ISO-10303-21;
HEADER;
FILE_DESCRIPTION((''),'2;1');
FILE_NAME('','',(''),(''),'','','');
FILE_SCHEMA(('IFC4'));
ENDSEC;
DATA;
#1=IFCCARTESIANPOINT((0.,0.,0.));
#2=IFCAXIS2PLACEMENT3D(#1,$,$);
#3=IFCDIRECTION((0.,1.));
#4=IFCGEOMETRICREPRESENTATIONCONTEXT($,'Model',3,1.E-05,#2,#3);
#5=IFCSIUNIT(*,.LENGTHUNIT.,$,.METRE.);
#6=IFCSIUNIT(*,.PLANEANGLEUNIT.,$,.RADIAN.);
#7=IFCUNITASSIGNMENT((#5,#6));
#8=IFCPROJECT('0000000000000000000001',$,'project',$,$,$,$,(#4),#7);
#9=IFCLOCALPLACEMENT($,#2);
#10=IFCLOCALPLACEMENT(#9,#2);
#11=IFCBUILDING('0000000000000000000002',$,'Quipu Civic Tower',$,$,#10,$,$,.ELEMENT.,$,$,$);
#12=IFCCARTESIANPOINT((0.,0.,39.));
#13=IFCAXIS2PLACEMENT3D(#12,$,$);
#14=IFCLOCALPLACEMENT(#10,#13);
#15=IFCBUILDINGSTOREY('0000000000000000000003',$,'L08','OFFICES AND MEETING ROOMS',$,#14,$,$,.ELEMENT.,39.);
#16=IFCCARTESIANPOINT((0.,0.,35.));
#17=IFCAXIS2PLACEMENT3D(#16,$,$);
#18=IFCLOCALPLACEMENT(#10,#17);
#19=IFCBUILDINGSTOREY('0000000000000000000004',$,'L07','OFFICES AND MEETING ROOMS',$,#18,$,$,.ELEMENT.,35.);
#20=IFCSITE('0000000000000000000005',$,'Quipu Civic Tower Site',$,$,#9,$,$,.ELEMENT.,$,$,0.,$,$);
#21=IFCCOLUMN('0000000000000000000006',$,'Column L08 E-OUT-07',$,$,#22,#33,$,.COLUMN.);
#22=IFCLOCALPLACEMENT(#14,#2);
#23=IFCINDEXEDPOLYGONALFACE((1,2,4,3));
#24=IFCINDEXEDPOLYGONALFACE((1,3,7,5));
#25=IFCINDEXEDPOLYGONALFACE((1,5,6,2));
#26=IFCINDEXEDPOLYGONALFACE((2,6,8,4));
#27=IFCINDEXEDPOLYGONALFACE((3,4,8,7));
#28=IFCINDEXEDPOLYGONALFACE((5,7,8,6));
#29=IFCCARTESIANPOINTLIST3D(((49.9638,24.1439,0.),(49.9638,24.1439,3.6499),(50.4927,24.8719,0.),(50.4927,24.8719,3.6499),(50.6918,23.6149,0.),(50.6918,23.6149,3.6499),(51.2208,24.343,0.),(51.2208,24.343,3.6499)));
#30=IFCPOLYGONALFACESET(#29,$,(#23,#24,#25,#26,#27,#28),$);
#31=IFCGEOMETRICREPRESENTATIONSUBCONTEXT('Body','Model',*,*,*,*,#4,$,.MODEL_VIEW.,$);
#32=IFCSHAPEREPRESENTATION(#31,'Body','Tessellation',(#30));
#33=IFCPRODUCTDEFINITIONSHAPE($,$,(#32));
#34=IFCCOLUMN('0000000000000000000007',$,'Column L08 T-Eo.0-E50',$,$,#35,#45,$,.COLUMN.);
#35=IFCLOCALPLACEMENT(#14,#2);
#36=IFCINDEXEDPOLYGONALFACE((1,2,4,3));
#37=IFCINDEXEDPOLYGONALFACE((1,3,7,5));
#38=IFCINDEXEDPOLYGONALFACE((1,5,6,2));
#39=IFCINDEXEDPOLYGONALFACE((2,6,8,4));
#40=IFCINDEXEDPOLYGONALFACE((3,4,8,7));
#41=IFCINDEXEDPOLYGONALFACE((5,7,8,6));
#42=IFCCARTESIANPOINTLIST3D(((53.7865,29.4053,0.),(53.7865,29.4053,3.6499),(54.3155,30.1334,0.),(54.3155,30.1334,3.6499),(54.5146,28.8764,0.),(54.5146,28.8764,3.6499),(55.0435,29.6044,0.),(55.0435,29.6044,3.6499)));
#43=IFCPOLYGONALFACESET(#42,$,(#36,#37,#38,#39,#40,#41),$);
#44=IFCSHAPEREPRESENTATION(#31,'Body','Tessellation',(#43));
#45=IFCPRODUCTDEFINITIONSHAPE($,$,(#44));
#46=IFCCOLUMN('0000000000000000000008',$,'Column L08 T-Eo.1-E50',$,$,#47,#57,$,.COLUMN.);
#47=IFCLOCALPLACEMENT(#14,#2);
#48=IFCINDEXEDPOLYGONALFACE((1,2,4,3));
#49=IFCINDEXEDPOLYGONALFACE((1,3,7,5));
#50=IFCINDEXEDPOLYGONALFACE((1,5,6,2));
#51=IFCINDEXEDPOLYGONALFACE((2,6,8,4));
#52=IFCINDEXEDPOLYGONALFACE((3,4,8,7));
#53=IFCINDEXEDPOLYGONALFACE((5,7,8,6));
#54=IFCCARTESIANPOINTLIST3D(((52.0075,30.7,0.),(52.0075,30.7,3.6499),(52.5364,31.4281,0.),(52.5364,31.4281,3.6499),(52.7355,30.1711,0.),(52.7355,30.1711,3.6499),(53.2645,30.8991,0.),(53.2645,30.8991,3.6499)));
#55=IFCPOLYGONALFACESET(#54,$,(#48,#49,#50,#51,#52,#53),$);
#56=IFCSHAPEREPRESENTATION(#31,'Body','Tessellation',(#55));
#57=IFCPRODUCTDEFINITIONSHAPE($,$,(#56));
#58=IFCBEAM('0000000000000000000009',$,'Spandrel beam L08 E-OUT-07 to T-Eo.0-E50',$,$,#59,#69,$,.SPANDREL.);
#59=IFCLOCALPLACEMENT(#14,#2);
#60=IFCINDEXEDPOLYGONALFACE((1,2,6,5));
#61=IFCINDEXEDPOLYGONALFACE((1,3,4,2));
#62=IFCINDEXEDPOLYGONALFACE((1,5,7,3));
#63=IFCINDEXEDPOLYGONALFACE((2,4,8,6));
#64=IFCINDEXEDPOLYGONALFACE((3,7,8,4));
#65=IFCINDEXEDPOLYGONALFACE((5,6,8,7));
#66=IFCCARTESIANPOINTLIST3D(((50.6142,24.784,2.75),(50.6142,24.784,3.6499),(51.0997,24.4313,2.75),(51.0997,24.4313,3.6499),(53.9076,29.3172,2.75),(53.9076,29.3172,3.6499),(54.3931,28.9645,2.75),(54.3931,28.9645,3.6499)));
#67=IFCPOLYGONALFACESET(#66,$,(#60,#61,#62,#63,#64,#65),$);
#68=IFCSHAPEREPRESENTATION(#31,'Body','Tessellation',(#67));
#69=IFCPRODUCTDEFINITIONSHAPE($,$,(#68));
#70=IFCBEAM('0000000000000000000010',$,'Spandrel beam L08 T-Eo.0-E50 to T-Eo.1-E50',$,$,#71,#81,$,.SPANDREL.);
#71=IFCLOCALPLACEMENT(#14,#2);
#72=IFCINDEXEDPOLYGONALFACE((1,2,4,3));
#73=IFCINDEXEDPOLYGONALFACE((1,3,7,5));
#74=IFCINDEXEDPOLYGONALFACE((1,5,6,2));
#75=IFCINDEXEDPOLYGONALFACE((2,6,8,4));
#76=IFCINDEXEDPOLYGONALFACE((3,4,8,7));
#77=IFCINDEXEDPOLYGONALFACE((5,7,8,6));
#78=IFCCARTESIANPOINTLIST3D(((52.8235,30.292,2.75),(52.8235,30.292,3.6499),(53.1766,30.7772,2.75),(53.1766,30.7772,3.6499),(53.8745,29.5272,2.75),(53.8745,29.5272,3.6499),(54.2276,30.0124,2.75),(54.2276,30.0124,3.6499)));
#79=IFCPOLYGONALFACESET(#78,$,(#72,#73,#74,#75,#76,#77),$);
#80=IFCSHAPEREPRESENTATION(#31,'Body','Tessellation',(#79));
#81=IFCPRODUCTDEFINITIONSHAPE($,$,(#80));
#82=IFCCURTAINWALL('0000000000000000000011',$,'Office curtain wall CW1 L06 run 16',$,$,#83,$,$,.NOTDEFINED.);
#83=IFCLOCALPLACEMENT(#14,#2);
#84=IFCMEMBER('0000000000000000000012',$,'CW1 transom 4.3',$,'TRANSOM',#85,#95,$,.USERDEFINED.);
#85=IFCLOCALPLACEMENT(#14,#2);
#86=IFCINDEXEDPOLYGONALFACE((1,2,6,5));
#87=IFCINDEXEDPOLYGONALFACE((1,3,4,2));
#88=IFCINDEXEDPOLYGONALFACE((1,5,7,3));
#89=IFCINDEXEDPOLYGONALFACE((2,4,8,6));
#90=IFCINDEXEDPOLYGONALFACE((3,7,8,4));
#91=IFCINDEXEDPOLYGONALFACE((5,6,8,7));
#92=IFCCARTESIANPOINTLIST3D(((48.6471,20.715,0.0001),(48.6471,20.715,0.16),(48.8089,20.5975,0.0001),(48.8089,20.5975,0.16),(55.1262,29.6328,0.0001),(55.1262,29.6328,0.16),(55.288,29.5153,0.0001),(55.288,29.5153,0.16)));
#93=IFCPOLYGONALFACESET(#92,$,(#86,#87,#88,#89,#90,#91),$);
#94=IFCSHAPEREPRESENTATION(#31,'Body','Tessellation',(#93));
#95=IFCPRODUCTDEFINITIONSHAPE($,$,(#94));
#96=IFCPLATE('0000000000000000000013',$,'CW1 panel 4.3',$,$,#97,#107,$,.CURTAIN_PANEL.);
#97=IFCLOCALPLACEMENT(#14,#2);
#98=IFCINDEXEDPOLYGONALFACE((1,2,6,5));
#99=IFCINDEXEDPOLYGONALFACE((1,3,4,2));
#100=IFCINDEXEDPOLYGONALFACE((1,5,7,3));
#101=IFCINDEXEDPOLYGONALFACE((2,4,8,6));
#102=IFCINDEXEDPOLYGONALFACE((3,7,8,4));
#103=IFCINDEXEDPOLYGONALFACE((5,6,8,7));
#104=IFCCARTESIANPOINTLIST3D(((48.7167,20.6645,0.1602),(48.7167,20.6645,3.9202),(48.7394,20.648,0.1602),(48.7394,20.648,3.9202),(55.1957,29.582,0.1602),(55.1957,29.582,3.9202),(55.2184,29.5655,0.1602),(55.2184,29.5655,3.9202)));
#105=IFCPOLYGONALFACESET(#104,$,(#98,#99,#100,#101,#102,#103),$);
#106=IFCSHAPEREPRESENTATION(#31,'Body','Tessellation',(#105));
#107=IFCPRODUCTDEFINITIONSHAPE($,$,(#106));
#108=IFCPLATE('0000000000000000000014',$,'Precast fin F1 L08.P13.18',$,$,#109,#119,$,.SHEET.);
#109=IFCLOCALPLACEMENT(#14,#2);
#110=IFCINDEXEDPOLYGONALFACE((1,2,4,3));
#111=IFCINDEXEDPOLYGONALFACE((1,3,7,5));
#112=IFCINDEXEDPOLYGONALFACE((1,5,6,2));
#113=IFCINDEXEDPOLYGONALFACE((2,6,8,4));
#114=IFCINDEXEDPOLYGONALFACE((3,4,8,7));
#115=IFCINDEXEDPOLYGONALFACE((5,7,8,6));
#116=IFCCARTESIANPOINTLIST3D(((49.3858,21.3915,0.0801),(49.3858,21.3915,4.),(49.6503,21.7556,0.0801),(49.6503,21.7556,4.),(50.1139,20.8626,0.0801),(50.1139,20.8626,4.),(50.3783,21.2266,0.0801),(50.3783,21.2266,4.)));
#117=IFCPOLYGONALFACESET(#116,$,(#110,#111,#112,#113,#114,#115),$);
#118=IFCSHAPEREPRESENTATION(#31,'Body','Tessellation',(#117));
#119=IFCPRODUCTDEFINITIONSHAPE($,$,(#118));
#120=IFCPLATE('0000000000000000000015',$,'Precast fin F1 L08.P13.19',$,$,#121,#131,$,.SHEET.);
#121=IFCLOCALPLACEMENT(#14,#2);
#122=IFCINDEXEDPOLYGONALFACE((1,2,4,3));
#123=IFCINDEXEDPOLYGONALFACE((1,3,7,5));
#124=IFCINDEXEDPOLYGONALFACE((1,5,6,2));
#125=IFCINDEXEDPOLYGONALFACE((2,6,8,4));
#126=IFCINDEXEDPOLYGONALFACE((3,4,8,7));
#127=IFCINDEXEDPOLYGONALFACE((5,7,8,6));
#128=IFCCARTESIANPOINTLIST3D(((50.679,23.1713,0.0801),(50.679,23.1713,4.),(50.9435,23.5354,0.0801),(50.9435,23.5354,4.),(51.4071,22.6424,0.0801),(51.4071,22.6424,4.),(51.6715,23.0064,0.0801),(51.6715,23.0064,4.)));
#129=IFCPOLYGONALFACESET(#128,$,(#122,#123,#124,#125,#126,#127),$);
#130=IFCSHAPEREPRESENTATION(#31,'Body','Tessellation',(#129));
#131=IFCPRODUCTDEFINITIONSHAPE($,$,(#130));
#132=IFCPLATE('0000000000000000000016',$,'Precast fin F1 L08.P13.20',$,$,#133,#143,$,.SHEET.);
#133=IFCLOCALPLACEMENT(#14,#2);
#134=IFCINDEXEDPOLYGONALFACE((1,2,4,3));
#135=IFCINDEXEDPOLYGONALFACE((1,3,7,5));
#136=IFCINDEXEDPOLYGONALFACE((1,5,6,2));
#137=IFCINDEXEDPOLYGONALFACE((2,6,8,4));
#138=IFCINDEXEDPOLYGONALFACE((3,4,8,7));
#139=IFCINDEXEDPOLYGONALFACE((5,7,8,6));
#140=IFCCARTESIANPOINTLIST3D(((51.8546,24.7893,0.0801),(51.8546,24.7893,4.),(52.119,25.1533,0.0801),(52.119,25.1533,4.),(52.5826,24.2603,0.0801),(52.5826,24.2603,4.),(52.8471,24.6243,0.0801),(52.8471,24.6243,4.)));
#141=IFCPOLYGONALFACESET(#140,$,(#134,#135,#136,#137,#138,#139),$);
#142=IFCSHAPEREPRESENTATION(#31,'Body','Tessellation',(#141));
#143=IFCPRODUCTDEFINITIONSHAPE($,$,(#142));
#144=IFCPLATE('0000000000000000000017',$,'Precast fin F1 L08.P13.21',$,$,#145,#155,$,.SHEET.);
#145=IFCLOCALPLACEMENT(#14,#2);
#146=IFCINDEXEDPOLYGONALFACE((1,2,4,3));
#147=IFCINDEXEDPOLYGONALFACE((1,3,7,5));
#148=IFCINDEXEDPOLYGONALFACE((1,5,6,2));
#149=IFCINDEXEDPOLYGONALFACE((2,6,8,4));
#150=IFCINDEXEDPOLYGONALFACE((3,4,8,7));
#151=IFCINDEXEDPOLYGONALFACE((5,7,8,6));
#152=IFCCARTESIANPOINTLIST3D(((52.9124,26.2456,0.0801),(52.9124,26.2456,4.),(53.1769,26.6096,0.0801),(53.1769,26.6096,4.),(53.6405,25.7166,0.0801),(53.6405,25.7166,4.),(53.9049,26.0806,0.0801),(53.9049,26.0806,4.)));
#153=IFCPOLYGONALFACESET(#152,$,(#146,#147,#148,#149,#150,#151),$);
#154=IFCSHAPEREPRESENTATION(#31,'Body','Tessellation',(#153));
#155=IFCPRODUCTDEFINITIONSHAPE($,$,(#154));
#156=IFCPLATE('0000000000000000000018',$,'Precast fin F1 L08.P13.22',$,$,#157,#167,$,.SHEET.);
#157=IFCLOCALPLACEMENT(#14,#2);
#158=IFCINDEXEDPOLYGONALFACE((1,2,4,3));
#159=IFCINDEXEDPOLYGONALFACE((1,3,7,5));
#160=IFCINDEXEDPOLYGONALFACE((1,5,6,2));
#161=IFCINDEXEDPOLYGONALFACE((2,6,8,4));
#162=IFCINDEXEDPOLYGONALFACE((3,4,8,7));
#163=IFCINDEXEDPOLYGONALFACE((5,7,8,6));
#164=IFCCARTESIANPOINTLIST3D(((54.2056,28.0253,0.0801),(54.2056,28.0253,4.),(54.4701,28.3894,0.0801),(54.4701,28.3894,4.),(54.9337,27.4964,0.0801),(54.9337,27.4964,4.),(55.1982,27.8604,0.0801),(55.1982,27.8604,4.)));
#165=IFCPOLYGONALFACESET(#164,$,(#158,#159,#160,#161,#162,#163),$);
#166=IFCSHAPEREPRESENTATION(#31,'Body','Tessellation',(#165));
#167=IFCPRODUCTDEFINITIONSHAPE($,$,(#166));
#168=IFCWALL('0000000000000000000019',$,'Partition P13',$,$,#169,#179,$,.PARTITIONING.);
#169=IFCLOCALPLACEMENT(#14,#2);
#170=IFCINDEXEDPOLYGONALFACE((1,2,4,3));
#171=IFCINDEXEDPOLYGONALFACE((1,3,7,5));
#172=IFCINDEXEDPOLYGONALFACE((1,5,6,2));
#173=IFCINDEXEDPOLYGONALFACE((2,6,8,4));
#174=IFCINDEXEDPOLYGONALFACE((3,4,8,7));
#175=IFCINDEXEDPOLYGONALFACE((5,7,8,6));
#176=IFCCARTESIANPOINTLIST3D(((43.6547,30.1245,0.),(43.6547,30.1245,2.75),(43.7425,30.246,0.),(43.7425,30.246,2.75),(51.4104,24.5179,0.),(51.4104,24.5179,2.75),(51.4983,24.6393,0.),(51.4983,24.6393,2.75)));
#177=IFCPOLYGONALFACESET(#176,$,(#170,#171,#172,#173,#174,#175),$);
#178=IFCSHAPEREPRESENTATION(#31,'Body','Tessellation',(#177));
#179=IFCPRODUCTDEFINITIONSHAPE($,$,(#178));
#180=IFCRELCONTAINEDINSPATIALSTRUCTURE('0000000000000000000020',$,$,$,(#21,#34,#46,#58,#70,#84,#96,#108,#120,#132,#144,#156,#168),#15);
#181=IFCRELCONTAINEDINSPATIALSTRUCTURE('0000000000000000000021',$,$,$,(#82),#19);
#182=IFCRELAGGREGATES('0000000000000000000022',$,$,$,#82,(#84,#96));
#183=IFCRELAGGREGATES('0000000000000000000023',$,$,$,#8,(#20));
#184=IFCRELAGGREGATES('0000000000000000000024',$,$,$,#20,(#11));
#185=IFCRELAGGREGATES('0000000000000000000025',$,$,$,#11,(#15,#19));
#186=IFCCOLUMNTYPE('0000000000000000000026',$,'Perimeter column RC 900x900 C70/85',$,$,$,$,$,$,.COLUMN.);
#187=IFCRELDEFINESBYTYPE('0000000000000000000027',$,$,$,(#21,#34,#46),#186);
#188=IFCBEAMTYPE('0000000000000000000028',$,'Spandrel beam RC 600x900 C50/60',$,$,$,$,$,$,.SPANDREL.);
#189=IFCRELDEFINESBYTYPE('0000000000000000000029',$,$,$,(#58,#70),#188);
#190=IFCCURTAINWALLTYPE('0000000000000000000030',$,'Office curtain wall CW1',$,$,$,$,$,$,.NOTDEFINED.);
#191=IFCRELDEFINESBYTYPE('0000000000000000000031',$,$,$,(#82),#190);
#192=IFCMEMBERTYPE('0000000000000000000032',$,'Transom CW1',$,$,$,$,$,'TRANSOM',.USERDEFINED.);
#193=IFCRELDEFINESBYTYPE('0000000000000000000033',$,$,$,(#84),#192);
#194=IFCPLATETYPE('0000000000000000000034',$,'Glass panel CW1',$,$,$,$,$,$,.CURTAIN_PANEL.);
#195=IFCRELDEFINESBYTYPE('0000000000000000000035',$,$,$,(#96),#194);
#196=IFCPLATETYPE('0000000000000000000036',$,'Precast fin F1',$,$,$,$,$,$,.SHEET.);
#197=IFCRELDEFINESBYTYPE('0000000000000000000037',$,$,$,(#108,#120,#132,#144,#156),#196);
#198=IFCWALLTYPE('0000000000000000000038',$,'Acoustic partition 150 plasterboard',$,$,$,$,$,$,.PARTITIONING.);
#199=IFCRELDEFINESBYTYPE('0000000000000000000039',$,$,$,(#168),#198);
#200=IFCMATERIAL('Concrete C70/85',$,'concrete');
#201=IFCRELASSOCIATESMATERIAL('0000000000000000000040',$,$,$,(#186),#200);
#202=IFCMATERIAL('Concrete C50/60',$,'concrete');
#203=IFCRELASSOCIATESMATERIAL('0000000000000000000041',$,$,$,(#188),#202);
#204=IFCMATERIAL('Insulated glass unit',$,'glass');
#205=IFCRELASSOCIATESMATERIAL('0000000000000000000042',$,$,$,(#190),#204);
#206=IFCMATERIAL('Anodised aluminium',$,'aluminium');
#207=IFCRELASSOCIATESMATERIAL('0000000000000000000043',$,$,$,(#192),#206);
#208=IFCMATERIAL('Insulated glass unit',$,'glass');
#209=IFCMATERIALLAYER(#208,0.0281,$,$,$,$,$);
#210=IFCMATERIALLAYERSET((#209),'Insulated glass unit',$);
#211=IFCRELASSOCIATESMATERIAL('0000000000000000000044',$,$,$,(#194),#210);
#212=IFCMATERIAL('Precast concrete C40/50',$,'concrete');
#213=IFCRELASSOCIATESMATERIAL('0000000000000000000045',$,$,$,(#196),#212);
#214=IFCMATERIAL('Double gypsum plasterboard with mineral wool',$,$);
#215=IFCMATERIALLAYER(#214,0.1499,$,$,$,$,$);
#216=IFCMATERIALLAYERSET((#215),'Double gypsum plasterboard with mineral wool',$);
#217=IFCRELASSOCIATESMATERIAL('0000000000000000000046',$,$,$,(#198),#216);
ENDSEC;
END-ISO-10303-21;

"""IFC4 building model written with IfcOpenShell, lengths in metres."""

from ifc_helpers import new_model, si_unit, direction, frame, frame_2d, origin, origin_2d, place, context, subcontext, project, spatial, rectangle, extrude, material, layer, layer_set, material_profile, profile_set, type_object, element, aggregate, save


model = new_model("IFC4")

# Units and contexts
model_context = context("Model", 3, precision=1e-05, world=origin(), true_north=direction((0.0, 1.0)))
body_context = subcontext(model_context, "Body", "Model", "MODEL_VIEW")
ifc_project = project(units=[si_unit("LENGTHUNIT", "METRE"), si_unit("PLANEANGLEUNIT", "RADIAN")], contexts=[model_context])

# Site, building, storey
site_placement = place(None, origin())
site = spatial("IfcSite", under=ifc_project, at=site_placement, Name="Quipu Civic Tower Site", CompositionType="ELEMENT", RefElevation=0.0)
building_placement = place(site_placement, origin())
building = spatial("IfcBuilding", under=site, at=building_placement, Name="Quipu Civic Tower", CompositionType="ELEMENT")
storey_1_placement = place(building_placement, frame((0.0, 0.0, 39.0)))
storey_1 = spatial("IfcBuildingStorey", under=building, at=storey_1_placement, Name="L08", Description="OFFICES AND MEETING ROOMS", CompositionType="ELEMENT", Elevation=39.0)

# Columns
ifc_material_1 = material(Name="Concrete C70/85", Category="concrete")
ifc_material_profile_1 = material_profile(ifc_material_1, rectangle(XDim=0.8999, YDim=0.8999, at=origin_2d()), Name="RC900x900")
ifc_profile_set_1 = profile_set([ifc_material_profile_1], Name="Concrete C70/85")
column_type = type_object("IfcColumnType", Name="Perimeter column RC 900x900 C70/85", PredefinedType="COLUMN", material=ifc_profile_set_1)
for number, where, z_axis, x_axis, name in (
    (1, (50.5923, 24.2434, 0.0), (0.0, 0.0, 1.0), (0.587785, 0.809017, 0.0), "Column L08 E-OUT-07"),
    (2, (54.415, 29.5049, 0.0), (0.0, 0.0, 1.0), (0.587785, 0.809017, 0.0), "Column L08 T-Eo.0-E50"),
    (3, (52.636, 30.7996, 0.0), (0.0, 0.0, 1.0), (-0.809017, 0.587785, 0.0), "Column L08 T-Eo.1-E50"),
):
    element("IfcColumn", number, at=place(storey_1_placement, frame(where, z_axis=z_axis, x_axis=x_axis)), inside=storey_1, type_object=column_type, Name=name, PredefinedType="COLUMN", context=body_context, shape_type="SweptSolid", body=[
        extrude(rectangle(XDim=0.8999, YDim=0.8999, at=origin_2d()), origin(), (0.0, 0.0, 1.0), 3.6499),
    ])

# Beams
ifc_material_2 = material(Name="Concrete C50/60", Category="concrete")
ifc_material_profile_2 = material_profile(ifc_material_2, rectangle(XDim=0.6001, YDim=0.8999, at=origin_2d()), Name="RC600x900")
ifc_profile_set_2 = profile_set([ifc_material_profile_2], Name="Concrete C50/60")
beam_type = type_object("IfcBeamType", Name="Spandrel beam RC 600x900 C50/60", PredefinedType="SPANDREL", material=ifc_profile_set_2)
beam_1_placement = place(storey_1_placement, frame((50.8569, 24.6077, 3.2), z_axis=(0.587773, 0.809026, 0.0), x_axis=(-0.809026, 0.587773, 0.0)))
element("IfcBeam", 4, at=beam_1_placement, inside=storey_1, type_object=beam_type, Name="Spandrel beam L08 E-OUT-07 to T-Eo.0-E50", PredefinedType="SPANDREL", context=body_context, shape_type="SweptSolid", body=[
    extrude(rectangle(XDim=0.6001, YDim=0.8999, at=origin_2d()), origin(), (0.0, 0.0, 1.0), 5.6033),
])
beam_2_placement = place(storey_1_placement, frame((54.051, 29.7698, 3.2), z_axis=(-0.808549, 0.588429, 0.0), x_axis=(-0.588429, -0.808549, 0.0)))
element("IfcBeam", 5, at=beam_2_placement, inside=storey_1, type_object=beam_type, Name="Spandrel beam L08 T-Eo.0-E50 to T-Eo.1-E50", PredefinedType="SPANDREL", context=body_context, shape_type="SweptSolid", body=[
    extrude(rectangle(XDim=0.6001, YDim=0.8999, at=origin_2d()), origin(), (0.0, 0.0, 1.0), 1.2998),
])

# Shared definitions
storey_2_placement = place(building_placement, frame((0.0, 0.0, 35.0)))
storey_2 = spatial("IfcBuildingStorey", under=building, at=storey_2_placement, Name="L07", Description="OFFICES AND MEETING ROOMS", CompositionType="ELEMENT", Elevation=35.0)

# Curtain wall, member, plate
ifc_material_3 = material(Name="Insulated glass unit", Category="glass")
curtain_wall_type = type_object("IfcCurtainWallType", Name="Office curtain wall CW1", PredefinedType="NOTDEFINED", material=ifc_material_3)
curtain_wall_placement = place(storey_2_placement, origin())
curtain_wall = element("IfcCurtainWall", 6, at=curtain_wall_placement, inside=storey_2, type_object=curtain_wall_type, Name="Office curtain wall CW1 L06 run 16", PredefinedType="NOTDEFINED")
ifc_material_4 = material(Name="Anodised aluminium", Category="aluminium")
ifc_material_profile_3 = material_profile(ifc_material_4, rectangle(XDim=0.2, YDim=0.1599, at=origin_2d()), Name="RECT 200x160")
ifc_profile_set_3 = profile_set([ifc_material_profile_3], Name="Anodised aluminium")
member_type = type_object("IfcMemberType", Name="Transom CW1", ElementType="TRANSOM", PredefinedType="USERDEFINED", material=ifc_profile_set_3)
member_placement = place(storey_1_placement, frame((48.728, 20.6562, 0.0801), z_axis=(0.587779, 0.809021, 0.0), x_axis=(-0.809021, 0.587779, 0.0)))
member = element("IfcMember", 7, at=member_placement, inside=storey_1, type_object=member_type, Name="CW1 transom 4.3", ObjectType="TRANSOM", PredefinedType="USERDEFINED", context=body_context, shape_type="SweptSolid", body=[
    extrude(rectangle(XDim=0.2, YDim=0.1599, at=origin_2d()), origin(), (0.0, 0.0, 1.0), 11.0229),
])
ifc_material_5 = material(Name="Insulated glass unit", Category="glass")
ifc_layer_1 = layer(ifc_material_5, 0.0281)
ifc_layer_set_1 = layer_set([ifc_layer_1], Name="Insulated glass unit")
plate_type_1 = type_object("IfcPlateType", Name="Glass panel CW1", PredefinedType="CURTAIN_PANEL", material=ifc_layer_set_1)
plate_placement = place(storey_1_placement, frame((51.9675, 25.115, 0.1602), z_axis=(0.0, 0.0, 1.0), x_axis=(0.587786, 0.809017, 0.0)))
plate = element("IfcPlate", 8, at=plate_placement, inside=storey_1, type_object=plate_type_1, Name="CW1 panel 4.3", PredefinedType="CURTAIN_PANEL", context=body_context, shape_type="SweptSolid", body=[
    extrude(rectangle(XDim=11.0227, YDim=0.0281, at=origin_2d()), origin(), (0.0, 0.0, 1.0), 3.76),
])
aggregate(curtain_wall, [member, plate])

# Plates
ifc_material_6 = material(Name="Precast concrete C40/50", Category="concrete")
plate_type_2 = type_object("IfcPlateType", Name="Precast fin F1", PredefinedType="SHEET", material=ifc_material_6)
for number, where, z_axis, x_axis, name in (
    (9, (49.8821, 21.3091, 0.0801), (0.0, 0.0, 1.0), (0.587786, 0.809017, 0.0), "Precast fin F1 L08.P13.18"),
    (10, (51.1753, 23.0889, 0.0801), (0.0, 0.0, 1.0), (0.587786, 0.809017, 0.0), "Precast fin F1 L08.P13.19"),
    (11, (52.3508, 24.7068, 0.0801), (0.0, 0.0, 1.0), (0.587786, 0.809017, 0.0), "Precast fin F1 L08.P13.20"),
    (12, (53.4087, 26.1631, 0.0801), (0.0, 0.0, 1.0), (0.587786, 0.809017, 0.0), "Precast fin F1 L08.P13.21"),
    (13, (54.7019, 27.9429, 0.0801), (0.0, 0.0, 1.0), (0.587786, 0.809017, 0.0), "Precast fin F1 L08.P13.22"),
):
    element("IfcPlate", number, at=place(storey_1_placement, frame(where, z_axis=z_axis, x_axis=x_axis)), inside=storey_1, type_object=plate_type_2, Name=name, PredefinedType="SHEET", context=body_context, shape_type="SweptSolid", body=[
        extrude(rectangle(XDim=0.45, YDim=0.8999, at=origin_2d()), origin(), (0.0, 0.0, 1.0), 3.9199),
    ])

# Wall
ifc_material_7 = material(Name="Double gypsum plasterboard with mineral wool")
ifc_layer_2 = layer(ifc_material_7, 0.1499)
ifc_layer_set_2 = layer_set([ifc_layer_2], Name="Double gypsum plasterboard with mineral wool")
wall_type_1 = type_object("IfcWallType", Name="Acoustic partition 150 plasterboard", PredefinedType="PARTITIONING", material=ifc_layer_set_2)
wall_1_placement = place(storey_1_placement, frame((43.6985, 30.1853, 0.0), z_axis=(0.0, 0.0, 1.0), x_axis=(0.810419, -0.58585, 0.0)))
element("IfcWall", 14, at=wall_1_placement, inside=storey_1, type_object=wall_type_1, Name="Partition P13", PredefinedType="PARTITIONING", context=body_context, shape_type="SweptSolid", body=[
    extrude(rectangle(XDim=9.5701, YDim=0.1499, at=frame_2d((4.7852, 0.0))), origin(), (0.0, 0.0, 1.0), 2.75),
])

save(model, "model.ifc")
